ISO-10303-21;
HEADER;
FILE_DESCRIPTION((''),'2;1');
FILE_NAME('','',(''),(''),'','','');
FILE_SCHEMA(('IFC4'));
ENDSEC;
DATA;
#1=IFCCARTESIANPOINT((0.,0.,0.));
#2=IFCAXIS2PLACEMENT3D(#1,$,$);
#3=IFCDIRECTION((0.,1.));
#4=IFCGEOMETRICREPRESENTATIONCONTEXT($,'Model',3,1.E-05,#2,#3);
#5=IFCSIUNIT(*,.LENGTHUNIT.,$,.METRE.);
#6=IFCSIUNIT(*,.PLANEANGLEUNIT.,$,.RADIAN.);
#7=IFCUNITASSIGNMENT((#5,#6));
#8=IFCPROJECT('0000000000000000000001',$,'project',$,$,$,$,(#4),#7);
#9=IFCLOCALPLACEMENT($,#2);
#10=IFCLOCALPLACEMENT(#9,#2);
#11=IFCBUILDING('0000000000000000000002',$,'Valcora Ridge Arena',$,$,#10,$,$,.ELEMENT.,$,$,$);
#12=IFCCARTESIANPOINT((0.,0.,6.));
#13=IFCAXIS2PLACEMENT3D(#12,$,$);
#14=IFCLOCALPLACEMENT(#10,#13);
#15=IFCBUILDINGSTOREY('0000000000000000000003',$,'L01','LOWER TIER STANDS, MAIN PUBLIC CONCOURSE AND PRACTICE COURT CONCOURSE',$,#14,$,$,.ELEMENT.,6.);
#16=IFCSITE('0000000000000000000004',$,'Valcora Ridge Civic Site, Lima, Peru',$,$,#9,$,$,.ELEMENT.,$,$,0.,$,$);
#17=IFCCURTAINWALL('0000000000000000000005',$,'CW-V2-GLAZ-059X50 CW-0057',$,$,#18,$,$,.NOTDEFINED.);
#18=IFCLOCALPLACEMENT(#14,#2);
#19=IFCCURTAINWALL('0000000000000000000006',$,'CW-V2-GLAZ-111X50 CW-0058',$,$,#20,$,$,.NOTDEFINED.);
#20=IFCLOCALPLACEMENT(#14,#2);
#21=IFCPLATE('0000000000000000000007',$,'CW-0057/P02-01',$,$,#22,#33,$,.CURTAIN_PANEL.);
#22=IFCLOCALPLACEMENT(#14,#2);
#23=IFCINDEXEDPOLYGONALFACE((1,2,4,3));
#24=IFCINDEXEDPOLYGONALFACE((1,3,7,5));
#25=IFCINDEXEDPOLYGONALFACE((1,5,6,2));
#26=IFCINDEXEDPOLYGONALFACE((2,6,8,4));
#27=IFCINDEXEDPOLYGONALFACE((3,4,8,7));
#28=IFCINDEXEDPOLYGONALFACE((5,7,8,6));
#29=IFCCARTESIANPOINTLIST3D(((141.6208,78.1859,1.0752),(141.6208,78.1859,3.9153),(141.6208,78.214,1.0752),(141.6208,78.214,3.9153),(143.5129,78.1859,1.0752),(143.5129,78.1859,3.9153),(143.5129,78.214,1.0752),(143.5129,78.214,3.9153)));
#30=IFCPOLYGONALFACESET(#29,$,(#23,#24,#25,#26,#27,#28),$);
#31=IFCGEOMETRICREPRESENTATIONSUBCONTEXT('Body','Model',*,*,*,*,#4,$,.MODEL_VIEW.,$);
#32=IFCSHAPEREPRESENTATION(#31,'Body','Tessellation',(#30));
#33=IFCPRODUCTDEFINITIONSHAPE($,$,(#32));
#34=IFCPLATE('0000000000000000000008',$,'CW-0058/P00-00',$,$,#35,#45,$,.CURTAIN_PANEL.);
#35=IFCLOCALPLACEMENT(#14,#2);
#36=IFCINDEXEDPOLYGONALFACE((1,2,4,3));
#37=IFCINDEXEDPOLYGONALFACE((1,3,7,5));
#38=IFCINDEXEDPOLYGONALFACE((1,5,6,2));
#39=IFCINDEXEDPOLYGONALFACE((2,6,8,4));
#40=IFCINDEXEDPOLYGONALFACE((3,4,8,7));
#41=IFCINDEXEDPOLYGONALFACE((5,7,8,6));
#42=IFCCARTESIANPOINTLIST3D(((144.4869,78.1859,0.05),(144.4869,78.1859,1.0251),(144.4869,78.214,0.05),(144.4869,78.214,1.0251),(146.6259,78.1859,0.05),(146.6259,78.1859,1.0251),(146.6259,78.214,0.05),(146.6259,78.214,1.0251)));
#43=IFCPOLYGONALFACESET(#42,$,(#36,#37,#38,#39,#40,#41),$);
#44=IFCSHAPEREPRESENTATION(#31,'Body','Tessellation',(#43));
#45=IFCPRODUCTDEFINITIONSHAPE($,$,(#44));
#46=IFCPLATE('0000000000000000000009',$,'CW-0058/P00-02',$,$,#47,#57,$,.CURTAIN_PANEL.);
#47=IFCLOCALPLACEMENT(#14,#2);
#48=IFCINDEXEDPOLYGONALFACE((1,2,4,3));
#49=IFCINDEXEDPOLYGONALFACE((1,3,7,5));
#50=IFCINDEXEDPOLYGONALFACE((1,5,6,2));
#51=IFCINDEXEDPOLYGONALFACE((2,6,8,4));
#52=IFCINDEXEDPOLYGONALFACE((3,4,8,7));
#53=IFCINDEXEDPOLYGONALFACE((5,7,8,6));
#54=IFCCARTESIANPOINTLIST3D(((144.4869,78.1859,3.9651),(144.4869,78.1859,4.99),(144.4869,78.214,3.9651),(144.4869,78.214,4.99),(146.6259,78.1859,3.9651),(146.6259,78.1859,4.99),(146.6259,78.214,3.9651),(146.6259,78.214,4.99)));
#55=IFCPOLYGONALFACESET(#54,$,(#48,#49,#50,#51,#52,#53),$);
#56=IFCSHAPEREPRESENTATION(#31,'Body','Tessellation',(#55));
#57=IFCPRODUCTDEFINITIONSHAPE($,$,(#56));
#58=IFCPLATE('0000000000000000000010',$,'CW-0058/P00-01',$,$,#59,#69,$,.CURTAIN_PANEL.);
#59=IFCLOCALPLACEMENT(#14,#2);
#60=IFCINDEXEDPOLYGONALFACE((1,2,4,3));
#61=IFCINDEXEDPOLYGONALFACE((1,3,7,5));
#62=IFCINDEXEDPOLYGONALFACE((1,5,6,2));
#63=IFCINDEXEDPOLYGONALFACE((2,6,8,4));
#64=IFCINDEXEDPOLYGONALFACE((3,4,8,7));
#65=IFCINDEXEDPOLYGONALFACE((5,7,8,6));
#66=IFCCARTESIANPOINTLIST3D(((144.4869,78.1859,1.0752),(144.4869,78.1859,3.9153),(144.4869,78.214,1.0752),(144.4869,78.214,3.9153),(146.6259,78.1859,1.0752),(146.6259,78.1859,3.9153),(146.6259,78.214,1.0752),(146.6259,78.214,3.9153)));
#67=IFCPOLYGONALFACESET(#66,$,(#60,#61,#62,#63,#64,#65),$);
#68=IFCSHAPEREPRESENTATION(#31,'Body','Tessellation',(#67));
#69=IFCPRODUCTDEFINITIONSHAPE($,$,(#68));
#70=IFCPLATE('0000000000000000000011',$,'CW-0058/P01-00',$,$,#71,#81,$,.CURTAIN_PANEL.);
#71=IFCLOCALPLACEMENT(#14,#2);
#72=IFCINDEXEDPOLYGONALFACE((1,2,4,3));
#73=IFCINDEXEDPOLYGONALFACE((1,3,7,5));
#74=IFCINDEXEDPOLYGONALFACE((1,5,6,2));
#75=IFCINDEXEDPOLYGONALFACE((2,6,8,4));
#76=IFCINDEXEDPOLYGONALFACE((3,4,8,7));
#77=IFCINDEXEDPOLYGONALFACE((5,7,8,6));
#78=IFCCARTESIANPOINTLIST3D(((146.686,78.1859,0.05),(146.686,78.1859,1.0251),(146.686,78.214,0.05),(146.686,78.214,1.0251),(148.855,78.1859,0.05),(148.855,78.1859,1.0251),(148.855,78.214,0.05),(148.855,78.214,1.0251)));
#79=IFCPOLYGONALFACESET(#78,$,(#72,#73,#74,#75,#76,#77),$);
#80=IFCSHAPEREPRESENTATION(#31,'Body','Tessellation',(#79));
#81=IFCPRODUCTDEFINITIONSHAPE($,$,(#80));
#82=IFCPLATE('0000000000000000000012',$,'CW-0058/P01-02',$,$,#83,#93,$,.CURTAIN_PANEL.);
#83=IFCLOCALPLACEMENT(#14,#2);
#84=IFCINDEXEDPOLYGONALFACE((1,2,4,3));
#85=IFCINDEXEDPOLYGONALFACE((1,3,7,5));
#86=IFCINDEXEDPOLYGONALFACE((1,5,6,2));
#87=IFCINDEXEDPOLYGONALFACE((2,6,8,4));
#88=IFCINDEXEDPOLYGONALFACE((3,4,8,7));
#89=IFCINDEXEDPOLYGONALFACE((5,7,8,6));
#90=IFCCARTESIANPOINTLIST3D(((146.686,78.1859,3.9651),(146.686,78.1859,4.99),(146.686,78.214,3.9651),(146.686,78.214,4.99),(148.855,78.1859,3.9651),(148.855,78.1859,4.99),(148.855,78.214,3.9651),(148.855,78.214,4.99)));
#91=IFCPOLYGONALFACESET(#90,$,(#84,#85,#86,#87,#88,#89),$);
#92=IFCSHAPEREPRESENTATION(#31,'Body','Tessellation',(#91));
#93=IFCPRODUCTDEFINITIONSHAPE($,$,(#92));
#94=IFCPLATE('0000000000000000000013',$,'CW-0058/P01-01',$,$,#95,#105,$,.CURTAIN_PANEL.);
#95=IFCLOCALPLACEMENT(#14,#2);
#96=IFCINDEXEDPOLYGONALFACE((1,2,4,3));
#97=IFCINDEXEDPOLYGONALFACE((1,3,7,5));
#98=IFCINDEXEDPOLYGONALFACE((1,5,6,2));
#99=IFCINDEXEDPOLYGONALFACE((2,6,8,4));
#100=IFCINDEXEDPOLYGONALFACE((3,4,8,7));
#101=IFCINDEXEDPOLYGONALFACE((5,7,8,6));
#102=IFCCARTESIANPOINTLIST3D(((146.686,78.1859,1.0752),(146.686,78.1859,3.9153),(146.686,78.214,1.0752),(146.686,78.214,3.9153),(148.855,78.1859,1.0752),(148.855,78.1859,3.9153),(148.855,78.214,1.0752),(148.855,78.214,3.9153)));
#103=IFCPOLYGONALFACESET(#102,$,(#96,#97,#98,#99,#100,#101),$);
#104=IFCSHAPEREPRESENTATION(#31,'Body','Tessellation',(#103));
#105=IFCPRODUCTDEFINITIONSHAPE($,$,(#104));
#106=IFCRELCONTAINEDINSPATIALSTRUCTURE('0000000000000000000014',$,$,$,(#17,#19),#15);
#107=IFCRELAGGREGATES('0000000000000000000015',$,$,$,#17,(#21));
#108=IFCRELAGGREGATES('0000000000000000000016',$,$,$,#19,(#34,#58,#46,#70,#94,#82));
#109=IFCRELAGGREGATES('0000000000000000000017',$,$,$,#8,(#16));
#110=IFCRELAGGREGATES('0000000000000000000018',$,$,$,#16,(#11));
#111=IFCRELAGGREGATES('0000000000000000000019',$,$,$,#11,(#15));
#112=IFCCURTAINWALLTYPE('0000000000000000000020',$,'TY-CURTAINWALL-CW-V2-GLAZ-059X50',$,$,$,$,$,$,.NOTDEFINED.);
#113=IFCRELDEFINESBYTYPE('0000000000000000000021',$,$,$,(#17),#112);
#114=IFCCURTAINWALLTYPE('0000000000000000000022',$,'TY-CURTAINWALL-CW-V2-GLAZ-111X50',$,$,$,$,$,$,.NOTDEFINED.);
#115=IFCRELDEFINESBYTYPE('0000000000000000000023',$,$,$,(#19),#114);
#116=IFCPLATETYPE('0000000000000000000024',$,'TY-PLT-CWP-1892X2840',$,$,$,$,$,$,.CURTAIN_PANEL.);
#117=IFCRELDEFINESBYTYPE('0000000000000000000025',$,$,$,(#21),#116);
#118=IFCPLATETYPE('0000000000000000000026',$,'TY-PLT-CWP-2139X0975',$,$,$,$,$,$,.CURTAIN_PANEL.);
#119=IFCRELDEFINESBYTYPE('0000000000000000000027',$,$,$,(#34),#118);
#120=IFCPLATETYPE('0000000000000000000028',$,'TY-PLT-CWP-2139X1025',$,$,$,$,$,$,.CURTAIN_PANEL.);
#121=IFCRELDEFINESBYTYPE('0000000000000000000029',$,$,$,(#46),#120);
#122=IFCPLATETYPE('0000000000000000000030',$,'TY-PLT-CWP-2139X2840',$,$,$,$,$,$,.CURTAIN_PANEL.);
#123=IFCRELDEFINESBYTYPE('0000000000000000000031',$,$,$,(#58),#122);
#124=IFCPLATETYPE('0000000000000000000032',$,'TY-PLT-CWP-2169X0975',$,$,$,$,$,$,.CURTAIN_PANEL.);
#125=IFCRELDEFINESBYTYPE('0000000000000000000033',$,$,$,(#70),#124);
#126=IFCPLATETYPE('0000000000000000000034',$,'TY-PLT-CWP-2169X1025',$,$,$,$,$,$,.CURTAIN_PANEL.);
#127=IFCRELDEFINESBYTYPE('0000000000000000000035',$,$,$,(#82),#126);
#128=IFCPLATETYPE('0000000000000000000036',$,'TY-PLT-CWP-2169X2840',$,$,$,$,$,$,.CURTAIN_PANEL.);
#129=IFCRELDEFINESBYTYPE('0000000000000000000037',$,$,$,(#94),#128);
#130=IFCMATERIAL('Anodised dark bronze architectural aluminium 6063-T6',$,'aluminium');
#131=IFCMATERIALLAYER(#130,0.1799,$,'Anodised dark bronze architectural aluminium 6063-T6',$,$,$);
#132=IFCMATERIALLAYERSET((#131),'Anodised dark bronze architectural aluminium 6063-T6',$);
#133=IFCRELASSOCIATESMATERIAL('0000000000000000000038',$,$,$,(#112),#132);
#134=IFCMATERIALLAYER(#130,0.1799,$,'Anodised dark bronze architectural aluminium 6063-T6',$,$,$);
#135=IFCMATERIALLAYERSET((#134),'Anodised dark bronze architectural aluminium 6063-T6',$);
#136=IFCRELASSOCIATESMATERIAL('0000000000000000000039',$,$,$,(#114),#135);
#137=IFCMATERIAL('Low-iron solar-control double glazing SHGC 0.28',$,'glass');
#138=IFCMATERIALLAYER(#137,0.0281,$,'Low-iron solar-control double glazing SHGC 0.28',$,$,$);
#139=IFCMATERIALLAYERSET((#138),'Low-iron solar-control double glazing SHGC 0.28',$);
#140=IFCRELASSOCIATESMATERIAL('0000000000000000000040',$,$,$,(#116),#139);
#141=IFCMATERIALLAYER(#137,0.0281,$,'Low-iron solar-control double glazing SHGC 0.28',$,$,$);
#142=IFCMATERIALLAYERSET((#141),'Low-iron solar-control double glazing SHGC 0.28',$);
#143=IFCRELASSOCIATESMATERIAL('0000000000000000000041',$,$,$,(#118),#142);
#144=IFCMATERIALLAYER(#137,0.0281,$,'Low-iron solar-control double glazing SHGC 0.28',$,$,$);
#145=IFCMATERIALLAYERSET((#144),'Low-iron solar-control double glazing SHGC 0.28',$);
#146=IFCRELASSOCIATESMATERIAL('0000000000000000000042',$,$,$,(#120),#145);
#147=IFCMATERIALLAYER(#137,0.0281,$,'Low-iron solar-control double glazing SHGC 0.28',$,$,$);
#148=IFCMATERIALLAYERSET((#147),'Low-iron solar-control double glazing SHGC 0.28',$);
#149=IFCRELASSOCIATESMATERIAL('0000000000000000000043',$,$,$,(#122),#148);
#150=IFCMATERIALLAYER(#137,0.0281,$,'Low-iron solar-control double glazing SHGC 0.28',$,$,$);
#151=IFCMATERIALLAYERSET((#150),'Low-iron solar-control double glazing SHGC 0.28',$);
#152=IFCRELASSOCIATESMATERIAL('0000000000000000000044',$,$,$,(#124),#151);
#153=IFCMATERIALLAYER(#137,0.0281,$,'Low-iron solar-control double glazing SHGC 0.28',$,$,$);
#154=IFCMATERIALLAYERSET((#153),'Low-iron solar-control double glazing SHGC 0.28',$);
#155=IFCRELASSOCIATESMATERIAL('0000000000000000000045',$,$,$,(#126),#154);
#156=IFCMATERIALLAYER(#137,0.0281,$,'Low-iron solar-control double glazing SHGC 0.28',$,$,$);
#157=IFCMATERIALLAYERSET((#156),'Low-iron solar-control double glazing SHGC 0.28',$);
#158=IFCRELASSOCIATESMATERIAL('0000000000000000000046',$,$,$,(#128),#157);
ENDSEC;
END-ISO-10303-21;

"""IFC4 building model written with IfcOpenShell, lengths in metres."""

from ifc_helpers import new_model, si_unit, direction, frame, origin, origin_2d, place, context, subcontext, project, spatial, rectangle, extrude, material, layer, layer_set, type_object, element, aggregate, save


model = new_model("IFC4")

# Units and contexts
model_context = context("Model", 3, precision=1e-05, world=origin(), true_north=direction((0.0, 1.0)))
body_context = subcontext(model_context, "Body", "Model", "MODEL_VIEW")
ifc_project = project(units=[si_unit("LENGTHUNIT", "METRE"), si_unit("PLANEANGLEUNIT", "RADIAN")], contexts=[model_context])

# Site, building, storey
site_placement = place(None, origin())
site = spatial("IfcSite", under=ifc_project, at=site_placement, Name="Valcora Ridge Civic Site, Lima, Peru", CompositionType="ELEMENT", RefElevation=0.0)
building_placement = place(site_placement, origin())
building = spatial("IfcBuilding", under=site, at=building_placement, Name="Valcora Ridge Arena", CompositionType="ELEMENT")
storey_placement = place(building_placement, frame((0.0, 0.0, 6.0)))
storey = spatial("IfcBuildingStorey", under=building, at=storey_placement, Name="L01", Description="LOWER TIER STANDS, MAIN PUBLIC CONCOURSE AND PRACTICE COURT CONCOURSE", CompositionType="ELEMENT", Elevation=6.0)

# Curtain wall
ifc_material_1 = material(Name="Anodised dark bronze architectural aluminium 6063-T6", Category="aluminium")
ifc_layer_1 = layer(ifc_material_1, 0.1799, Name="Anodised dark bronze architectural aluminium 6063-T6")
ifc_layer_set_1 = layer_set([ifc_layer_1], Name="Anodised dark bronze architectural aluminium 6063-T6")
curtain_wall_type_1 = type_object("IfcCurtainWallType", Name="TY-CURTAINWALL-CW-V2-GLAZ-059X50", PredefinedType="NOTDEFINED", material=ifc_layer_set_1)
curtain_wall_1_placement = place(storey_placement, origin())
curtain_wall_1 = element("IfcCurtainWall", 1, at=curtain_wall_1_placement, inside=storey, type_object=curtain_wall_type_1, Name="CW-V2-GLAZ-059X50 CW-0057", PredefinedType="NOTDEFINED")

# Curtain wall
ifc_layer_2 = layer(ifc_material_1, 0.1799, Name="Anodised dark bronze architectural aluminium 6063-T6")
ifc_layer_set_2 = layer_set([ifc_layer_2], Name="Anodised dark bronze architectural aluminium 6063-T6")
curtain_wall_type_2 = type_object("IfcCurtainWallType", Name="TY-CURTAINWALL-CW-V2-GLAZ-111X50", PredefinedType="NOTDEFINED", material=ifc_layer_set_2)
curtain_wall_2_placement = place(storey_placement, origin())
curtain_wall_2 = element("IfcCurtainWall", 2, at=curtain_wall_2_placement, inside=storey, type_object=curtain_wall_type_2, Name="CW-V2-GLAZ-111X50 CW-0058", PredefinedType="NOTDEFINED")

# Plates
ifc_material_2 = material(Name="Low-iron solar-control double glazing SHGC 0.28", Category="glass")
ifc_layer_3 = layer(ifc_material_2, 0.0281, Name="Low-iron solar-control double glazing SHGC 0.28")
ifc_layer_set_3 = layer_set([ifc_layer_3], Name="Low-iron solar-control double glazing SHGC 0.28")
plate_type_1 = type_object("IfcPlateType", Name="TY-PLT-CWP-1892X2840", PredefinedType="CURTAIN_PANEL", material=ifc_layer_set_3)
plate_1_placement = place(storey_placement, frame((142.5669, 78.2, 1.0752), z_axis=(0.0, 0.0, 1.0), x_axis=(1.0, 0.0, 0.0)))
plate_1 = element("IfcPlate", 3, at=plate_1_placement, type_object=plate_type_1, Name="CW-0057/P02-01", PredefinedType="CURTAIN_PANEL", context=body_context, shape_type="SweptSolid", body=[
    extrude(rectangle(XDim=1.8921, YDim=0.0281, at=origin_2d()), origin(), (0.0, 0.0, 1.0), 2.8401),
])
aggregate(curtain_wall_1, [plate_1])
ifc_layer_4 = layer(ifc_material_2, 0.0281, Name="Low-iron solar-control double glazing SHGC 0.28")
ifc_layer_set_4 = layer_set([ifc_layer_4], Name="Low-iron solar-control double glazing SHGC 0.28")
plate_type_2 = type_object("IfcPlateType", Name="TY-PLT-CWP-2139X0975", PredefinedType="CURTAIN_PANEL", material=ifc_layer_set_4)
plate_2_placement = place(storey_placement, frame((145.5564, 78.2, 0.05), z_axis=(0.0, 0.0, 1.0), x_axis=(1.0, 0.0, 0.0)))
plate_2 = element("IfcPlate", 4, at=plate_2_placement, type_object=plate_type_2, Name="CW-0058/P00-00", PredefinedType="CURTAIN_PANEL", context=body_context, shape_type="SweptSolid", body=[
    extrude(rectangle(XDim=2.1389, YDim=0.0281, at=origin_2d()), origin(), (0.0, 0.0, 1.0), 0.9751),
])
ifc_layer_5 = layer(ifc_material_2, 0.0281, Name="Low-iron solar-control double glazing SHGC 0.28")
ifc_layer_set_5 = layer_set([ifc_layer_5], Name="Low-iron solar-control double glazing SHGC 0.28")
plate_type_3 = type_object("IfcPlateType", Name="TY-PLT-CWP-2139X1025", PredefinedType="CURTAIN_PANEL", material=ifc_layer_set_5)
plate_3_placement = place(storey_placement, frame((145.5564, 78.2, 3.9651), z_axis=(0.0, 0.0, 1.0), x_axis=(1.0, 0.0, 0.0)))
plate_3 = element("IfcPlate", 5, at=plate_3_placement, type_object=plate_type_3, Name="CW-0058/P00-02", PredefinedType="CURTAIN_PANEL", context=body_context, shape_type="SweptSolid", body=[
    extrude(rectangle(XDim=2.1389, YDim=0.0281, at=origin_2d()), origin(), (0.0, 0.0, 1.0), 1.0249),
])
ifc_layer_6 = layer(ifc_material_2, 0.0281, Name="Low-iron solar-control double glazing SHGC 0.28")
ifc_layer_set_6 = layer_set([ifc_layer_6], Name="Low-iron solar-control double glazing SHGC 0.28")
plate_type_4 = type_object("IfcPlateType", Name="TY-PLT-CWP-2139X2840", PredefinedType="CURTAIN_PANEL", material=ifc_layer_set_6)
plate_4_placement = place(storey_placement, frame((145.5564, 78.2, 1.0752), z_axis=(0.0, 0.0, 1.0), x_axis=(1.0, 0.0, 0.0)))
plate_4 = element("IfcPlate", 6, at=plate_4_placement, type_object=plate_type_4, Name="CW-0058/P00-01", PredefinedType="CURTAIN_PANEL", context=body_context, shape_type="SweptSolid", body=[
    extrude(rectangle(XDim=2.1389, YDim=0.0281, at=origin_2d()), origin(), (0.0, 0.0, 1.0), 2.8401),
])
ifc_layer_7 = layer(ifc_material_2, 0.0281, Name="Low-iron solar-control double glazing SHGC 0.28")
ifc_layer_set_7 = layer_set([ifc_layer_7], Name="Low-iron solar-control double glazing SHGC 0.28")
plate_type_5 = type_object("IfcPlateType", Name="TY-PLT-CWP-2169X0975", PredefinedType="CURTAIN_PANEL", material=ifc_layer_set_7)
plate_5_placement = place(storey_placement, frame((147.7705, 78.2, 0.05), z_axis=(0.0, 0.0, 1.0), x_axis=(1.0, 0.0, 0.0)))
plate_5 = element("IfcPlate", 7, at=plate_5_placement, type_object=plate_type_5, Name="CW-0058/P01-00", PredefinedType="CURTAIN_PANEL", context=body_context, shape_type="SweptSolid", body=[
    extrude(rectangle(XDim=2.1689, YDim=0.0281, at=origin_2d()), origin(), (0.0, 0.0, 1.0), 0.9751),
])
ifc_layer_8 = layer(ifc_material_2, 0.0281, Name="Low-iron solar-control double glazing SHGC 0.28")
ifc_layer_set_8 = layer_set([ifc_layer_8], Name="Low-iron solar-control double glazing SHGC 0.28")
plate_type_6 = type_object("IfcPlateType", Name="TY-PLT-CWP-2169X1025", PredefinedType="CURTAIN_PANEL", material=ifc_layer_set_8)
plate_6_placement = place(storey_placement, frame((147.7705, 78.2, 3.9651), z_axis=(0.0, 0.0, 1.0), x_axis=(1.0, 0.0, 0.0)))
plate_6 = element("IfcPlate", 8, at=plate_6_placement, type_object=plate_type_6, Name="CW-0058/P01-02", PredefinedType="CURTAIN_PANEL", context=body_context, shape_type="SweptSolid", body=[
    extrude(rectangle(XDim=2.1689, YDim=0.0281, at=origin_2d()), origin(), (0.0, 0.0, 1.0), 1.0249),
])
ifc_layer_9 = layer(ifc_material_2, 0.0281, Name="Low-iron solar-control double glazing SHGC 0.28")
ifc_layer_set_9 = layer_set([ifc_layer_9], Name="Low-iron solar-control double glazing SHGC 0.28")
plate_type_7 = type_object("IfcPlateType", Name="TY-PLT-CWP-2169X2840", PredefinedType="CURTAIN_PANEL", material=ifc_layer_set_9)
plate_7_placement = place(storey_placement, frame((147.7705, 78.2, 1.0752), z_axis=(0.0, 0.0, 1.0), x_axis=(1.0, 0.0, 0.0)))
plate_7 = element("IfcPlate", 9, at=plate_7_placement, type_object=plate_type_7, Name="CW-0058/P01-01", PredefinedType="CURTAIN_PANEL", context=body_context, shape_type="SweptSolid", body=[
    extrude(rectangle(XDim=2.1689, YDim=0.0281, at=origin_2d()), origin(), (0.0, 0.0, 1.0), 2.8401),
])
aggregate(curtain_wall_2, [plate_2, plate_4, plate_3, plate_5, plate_7, plate_6])

save(model, "model.ifc")
